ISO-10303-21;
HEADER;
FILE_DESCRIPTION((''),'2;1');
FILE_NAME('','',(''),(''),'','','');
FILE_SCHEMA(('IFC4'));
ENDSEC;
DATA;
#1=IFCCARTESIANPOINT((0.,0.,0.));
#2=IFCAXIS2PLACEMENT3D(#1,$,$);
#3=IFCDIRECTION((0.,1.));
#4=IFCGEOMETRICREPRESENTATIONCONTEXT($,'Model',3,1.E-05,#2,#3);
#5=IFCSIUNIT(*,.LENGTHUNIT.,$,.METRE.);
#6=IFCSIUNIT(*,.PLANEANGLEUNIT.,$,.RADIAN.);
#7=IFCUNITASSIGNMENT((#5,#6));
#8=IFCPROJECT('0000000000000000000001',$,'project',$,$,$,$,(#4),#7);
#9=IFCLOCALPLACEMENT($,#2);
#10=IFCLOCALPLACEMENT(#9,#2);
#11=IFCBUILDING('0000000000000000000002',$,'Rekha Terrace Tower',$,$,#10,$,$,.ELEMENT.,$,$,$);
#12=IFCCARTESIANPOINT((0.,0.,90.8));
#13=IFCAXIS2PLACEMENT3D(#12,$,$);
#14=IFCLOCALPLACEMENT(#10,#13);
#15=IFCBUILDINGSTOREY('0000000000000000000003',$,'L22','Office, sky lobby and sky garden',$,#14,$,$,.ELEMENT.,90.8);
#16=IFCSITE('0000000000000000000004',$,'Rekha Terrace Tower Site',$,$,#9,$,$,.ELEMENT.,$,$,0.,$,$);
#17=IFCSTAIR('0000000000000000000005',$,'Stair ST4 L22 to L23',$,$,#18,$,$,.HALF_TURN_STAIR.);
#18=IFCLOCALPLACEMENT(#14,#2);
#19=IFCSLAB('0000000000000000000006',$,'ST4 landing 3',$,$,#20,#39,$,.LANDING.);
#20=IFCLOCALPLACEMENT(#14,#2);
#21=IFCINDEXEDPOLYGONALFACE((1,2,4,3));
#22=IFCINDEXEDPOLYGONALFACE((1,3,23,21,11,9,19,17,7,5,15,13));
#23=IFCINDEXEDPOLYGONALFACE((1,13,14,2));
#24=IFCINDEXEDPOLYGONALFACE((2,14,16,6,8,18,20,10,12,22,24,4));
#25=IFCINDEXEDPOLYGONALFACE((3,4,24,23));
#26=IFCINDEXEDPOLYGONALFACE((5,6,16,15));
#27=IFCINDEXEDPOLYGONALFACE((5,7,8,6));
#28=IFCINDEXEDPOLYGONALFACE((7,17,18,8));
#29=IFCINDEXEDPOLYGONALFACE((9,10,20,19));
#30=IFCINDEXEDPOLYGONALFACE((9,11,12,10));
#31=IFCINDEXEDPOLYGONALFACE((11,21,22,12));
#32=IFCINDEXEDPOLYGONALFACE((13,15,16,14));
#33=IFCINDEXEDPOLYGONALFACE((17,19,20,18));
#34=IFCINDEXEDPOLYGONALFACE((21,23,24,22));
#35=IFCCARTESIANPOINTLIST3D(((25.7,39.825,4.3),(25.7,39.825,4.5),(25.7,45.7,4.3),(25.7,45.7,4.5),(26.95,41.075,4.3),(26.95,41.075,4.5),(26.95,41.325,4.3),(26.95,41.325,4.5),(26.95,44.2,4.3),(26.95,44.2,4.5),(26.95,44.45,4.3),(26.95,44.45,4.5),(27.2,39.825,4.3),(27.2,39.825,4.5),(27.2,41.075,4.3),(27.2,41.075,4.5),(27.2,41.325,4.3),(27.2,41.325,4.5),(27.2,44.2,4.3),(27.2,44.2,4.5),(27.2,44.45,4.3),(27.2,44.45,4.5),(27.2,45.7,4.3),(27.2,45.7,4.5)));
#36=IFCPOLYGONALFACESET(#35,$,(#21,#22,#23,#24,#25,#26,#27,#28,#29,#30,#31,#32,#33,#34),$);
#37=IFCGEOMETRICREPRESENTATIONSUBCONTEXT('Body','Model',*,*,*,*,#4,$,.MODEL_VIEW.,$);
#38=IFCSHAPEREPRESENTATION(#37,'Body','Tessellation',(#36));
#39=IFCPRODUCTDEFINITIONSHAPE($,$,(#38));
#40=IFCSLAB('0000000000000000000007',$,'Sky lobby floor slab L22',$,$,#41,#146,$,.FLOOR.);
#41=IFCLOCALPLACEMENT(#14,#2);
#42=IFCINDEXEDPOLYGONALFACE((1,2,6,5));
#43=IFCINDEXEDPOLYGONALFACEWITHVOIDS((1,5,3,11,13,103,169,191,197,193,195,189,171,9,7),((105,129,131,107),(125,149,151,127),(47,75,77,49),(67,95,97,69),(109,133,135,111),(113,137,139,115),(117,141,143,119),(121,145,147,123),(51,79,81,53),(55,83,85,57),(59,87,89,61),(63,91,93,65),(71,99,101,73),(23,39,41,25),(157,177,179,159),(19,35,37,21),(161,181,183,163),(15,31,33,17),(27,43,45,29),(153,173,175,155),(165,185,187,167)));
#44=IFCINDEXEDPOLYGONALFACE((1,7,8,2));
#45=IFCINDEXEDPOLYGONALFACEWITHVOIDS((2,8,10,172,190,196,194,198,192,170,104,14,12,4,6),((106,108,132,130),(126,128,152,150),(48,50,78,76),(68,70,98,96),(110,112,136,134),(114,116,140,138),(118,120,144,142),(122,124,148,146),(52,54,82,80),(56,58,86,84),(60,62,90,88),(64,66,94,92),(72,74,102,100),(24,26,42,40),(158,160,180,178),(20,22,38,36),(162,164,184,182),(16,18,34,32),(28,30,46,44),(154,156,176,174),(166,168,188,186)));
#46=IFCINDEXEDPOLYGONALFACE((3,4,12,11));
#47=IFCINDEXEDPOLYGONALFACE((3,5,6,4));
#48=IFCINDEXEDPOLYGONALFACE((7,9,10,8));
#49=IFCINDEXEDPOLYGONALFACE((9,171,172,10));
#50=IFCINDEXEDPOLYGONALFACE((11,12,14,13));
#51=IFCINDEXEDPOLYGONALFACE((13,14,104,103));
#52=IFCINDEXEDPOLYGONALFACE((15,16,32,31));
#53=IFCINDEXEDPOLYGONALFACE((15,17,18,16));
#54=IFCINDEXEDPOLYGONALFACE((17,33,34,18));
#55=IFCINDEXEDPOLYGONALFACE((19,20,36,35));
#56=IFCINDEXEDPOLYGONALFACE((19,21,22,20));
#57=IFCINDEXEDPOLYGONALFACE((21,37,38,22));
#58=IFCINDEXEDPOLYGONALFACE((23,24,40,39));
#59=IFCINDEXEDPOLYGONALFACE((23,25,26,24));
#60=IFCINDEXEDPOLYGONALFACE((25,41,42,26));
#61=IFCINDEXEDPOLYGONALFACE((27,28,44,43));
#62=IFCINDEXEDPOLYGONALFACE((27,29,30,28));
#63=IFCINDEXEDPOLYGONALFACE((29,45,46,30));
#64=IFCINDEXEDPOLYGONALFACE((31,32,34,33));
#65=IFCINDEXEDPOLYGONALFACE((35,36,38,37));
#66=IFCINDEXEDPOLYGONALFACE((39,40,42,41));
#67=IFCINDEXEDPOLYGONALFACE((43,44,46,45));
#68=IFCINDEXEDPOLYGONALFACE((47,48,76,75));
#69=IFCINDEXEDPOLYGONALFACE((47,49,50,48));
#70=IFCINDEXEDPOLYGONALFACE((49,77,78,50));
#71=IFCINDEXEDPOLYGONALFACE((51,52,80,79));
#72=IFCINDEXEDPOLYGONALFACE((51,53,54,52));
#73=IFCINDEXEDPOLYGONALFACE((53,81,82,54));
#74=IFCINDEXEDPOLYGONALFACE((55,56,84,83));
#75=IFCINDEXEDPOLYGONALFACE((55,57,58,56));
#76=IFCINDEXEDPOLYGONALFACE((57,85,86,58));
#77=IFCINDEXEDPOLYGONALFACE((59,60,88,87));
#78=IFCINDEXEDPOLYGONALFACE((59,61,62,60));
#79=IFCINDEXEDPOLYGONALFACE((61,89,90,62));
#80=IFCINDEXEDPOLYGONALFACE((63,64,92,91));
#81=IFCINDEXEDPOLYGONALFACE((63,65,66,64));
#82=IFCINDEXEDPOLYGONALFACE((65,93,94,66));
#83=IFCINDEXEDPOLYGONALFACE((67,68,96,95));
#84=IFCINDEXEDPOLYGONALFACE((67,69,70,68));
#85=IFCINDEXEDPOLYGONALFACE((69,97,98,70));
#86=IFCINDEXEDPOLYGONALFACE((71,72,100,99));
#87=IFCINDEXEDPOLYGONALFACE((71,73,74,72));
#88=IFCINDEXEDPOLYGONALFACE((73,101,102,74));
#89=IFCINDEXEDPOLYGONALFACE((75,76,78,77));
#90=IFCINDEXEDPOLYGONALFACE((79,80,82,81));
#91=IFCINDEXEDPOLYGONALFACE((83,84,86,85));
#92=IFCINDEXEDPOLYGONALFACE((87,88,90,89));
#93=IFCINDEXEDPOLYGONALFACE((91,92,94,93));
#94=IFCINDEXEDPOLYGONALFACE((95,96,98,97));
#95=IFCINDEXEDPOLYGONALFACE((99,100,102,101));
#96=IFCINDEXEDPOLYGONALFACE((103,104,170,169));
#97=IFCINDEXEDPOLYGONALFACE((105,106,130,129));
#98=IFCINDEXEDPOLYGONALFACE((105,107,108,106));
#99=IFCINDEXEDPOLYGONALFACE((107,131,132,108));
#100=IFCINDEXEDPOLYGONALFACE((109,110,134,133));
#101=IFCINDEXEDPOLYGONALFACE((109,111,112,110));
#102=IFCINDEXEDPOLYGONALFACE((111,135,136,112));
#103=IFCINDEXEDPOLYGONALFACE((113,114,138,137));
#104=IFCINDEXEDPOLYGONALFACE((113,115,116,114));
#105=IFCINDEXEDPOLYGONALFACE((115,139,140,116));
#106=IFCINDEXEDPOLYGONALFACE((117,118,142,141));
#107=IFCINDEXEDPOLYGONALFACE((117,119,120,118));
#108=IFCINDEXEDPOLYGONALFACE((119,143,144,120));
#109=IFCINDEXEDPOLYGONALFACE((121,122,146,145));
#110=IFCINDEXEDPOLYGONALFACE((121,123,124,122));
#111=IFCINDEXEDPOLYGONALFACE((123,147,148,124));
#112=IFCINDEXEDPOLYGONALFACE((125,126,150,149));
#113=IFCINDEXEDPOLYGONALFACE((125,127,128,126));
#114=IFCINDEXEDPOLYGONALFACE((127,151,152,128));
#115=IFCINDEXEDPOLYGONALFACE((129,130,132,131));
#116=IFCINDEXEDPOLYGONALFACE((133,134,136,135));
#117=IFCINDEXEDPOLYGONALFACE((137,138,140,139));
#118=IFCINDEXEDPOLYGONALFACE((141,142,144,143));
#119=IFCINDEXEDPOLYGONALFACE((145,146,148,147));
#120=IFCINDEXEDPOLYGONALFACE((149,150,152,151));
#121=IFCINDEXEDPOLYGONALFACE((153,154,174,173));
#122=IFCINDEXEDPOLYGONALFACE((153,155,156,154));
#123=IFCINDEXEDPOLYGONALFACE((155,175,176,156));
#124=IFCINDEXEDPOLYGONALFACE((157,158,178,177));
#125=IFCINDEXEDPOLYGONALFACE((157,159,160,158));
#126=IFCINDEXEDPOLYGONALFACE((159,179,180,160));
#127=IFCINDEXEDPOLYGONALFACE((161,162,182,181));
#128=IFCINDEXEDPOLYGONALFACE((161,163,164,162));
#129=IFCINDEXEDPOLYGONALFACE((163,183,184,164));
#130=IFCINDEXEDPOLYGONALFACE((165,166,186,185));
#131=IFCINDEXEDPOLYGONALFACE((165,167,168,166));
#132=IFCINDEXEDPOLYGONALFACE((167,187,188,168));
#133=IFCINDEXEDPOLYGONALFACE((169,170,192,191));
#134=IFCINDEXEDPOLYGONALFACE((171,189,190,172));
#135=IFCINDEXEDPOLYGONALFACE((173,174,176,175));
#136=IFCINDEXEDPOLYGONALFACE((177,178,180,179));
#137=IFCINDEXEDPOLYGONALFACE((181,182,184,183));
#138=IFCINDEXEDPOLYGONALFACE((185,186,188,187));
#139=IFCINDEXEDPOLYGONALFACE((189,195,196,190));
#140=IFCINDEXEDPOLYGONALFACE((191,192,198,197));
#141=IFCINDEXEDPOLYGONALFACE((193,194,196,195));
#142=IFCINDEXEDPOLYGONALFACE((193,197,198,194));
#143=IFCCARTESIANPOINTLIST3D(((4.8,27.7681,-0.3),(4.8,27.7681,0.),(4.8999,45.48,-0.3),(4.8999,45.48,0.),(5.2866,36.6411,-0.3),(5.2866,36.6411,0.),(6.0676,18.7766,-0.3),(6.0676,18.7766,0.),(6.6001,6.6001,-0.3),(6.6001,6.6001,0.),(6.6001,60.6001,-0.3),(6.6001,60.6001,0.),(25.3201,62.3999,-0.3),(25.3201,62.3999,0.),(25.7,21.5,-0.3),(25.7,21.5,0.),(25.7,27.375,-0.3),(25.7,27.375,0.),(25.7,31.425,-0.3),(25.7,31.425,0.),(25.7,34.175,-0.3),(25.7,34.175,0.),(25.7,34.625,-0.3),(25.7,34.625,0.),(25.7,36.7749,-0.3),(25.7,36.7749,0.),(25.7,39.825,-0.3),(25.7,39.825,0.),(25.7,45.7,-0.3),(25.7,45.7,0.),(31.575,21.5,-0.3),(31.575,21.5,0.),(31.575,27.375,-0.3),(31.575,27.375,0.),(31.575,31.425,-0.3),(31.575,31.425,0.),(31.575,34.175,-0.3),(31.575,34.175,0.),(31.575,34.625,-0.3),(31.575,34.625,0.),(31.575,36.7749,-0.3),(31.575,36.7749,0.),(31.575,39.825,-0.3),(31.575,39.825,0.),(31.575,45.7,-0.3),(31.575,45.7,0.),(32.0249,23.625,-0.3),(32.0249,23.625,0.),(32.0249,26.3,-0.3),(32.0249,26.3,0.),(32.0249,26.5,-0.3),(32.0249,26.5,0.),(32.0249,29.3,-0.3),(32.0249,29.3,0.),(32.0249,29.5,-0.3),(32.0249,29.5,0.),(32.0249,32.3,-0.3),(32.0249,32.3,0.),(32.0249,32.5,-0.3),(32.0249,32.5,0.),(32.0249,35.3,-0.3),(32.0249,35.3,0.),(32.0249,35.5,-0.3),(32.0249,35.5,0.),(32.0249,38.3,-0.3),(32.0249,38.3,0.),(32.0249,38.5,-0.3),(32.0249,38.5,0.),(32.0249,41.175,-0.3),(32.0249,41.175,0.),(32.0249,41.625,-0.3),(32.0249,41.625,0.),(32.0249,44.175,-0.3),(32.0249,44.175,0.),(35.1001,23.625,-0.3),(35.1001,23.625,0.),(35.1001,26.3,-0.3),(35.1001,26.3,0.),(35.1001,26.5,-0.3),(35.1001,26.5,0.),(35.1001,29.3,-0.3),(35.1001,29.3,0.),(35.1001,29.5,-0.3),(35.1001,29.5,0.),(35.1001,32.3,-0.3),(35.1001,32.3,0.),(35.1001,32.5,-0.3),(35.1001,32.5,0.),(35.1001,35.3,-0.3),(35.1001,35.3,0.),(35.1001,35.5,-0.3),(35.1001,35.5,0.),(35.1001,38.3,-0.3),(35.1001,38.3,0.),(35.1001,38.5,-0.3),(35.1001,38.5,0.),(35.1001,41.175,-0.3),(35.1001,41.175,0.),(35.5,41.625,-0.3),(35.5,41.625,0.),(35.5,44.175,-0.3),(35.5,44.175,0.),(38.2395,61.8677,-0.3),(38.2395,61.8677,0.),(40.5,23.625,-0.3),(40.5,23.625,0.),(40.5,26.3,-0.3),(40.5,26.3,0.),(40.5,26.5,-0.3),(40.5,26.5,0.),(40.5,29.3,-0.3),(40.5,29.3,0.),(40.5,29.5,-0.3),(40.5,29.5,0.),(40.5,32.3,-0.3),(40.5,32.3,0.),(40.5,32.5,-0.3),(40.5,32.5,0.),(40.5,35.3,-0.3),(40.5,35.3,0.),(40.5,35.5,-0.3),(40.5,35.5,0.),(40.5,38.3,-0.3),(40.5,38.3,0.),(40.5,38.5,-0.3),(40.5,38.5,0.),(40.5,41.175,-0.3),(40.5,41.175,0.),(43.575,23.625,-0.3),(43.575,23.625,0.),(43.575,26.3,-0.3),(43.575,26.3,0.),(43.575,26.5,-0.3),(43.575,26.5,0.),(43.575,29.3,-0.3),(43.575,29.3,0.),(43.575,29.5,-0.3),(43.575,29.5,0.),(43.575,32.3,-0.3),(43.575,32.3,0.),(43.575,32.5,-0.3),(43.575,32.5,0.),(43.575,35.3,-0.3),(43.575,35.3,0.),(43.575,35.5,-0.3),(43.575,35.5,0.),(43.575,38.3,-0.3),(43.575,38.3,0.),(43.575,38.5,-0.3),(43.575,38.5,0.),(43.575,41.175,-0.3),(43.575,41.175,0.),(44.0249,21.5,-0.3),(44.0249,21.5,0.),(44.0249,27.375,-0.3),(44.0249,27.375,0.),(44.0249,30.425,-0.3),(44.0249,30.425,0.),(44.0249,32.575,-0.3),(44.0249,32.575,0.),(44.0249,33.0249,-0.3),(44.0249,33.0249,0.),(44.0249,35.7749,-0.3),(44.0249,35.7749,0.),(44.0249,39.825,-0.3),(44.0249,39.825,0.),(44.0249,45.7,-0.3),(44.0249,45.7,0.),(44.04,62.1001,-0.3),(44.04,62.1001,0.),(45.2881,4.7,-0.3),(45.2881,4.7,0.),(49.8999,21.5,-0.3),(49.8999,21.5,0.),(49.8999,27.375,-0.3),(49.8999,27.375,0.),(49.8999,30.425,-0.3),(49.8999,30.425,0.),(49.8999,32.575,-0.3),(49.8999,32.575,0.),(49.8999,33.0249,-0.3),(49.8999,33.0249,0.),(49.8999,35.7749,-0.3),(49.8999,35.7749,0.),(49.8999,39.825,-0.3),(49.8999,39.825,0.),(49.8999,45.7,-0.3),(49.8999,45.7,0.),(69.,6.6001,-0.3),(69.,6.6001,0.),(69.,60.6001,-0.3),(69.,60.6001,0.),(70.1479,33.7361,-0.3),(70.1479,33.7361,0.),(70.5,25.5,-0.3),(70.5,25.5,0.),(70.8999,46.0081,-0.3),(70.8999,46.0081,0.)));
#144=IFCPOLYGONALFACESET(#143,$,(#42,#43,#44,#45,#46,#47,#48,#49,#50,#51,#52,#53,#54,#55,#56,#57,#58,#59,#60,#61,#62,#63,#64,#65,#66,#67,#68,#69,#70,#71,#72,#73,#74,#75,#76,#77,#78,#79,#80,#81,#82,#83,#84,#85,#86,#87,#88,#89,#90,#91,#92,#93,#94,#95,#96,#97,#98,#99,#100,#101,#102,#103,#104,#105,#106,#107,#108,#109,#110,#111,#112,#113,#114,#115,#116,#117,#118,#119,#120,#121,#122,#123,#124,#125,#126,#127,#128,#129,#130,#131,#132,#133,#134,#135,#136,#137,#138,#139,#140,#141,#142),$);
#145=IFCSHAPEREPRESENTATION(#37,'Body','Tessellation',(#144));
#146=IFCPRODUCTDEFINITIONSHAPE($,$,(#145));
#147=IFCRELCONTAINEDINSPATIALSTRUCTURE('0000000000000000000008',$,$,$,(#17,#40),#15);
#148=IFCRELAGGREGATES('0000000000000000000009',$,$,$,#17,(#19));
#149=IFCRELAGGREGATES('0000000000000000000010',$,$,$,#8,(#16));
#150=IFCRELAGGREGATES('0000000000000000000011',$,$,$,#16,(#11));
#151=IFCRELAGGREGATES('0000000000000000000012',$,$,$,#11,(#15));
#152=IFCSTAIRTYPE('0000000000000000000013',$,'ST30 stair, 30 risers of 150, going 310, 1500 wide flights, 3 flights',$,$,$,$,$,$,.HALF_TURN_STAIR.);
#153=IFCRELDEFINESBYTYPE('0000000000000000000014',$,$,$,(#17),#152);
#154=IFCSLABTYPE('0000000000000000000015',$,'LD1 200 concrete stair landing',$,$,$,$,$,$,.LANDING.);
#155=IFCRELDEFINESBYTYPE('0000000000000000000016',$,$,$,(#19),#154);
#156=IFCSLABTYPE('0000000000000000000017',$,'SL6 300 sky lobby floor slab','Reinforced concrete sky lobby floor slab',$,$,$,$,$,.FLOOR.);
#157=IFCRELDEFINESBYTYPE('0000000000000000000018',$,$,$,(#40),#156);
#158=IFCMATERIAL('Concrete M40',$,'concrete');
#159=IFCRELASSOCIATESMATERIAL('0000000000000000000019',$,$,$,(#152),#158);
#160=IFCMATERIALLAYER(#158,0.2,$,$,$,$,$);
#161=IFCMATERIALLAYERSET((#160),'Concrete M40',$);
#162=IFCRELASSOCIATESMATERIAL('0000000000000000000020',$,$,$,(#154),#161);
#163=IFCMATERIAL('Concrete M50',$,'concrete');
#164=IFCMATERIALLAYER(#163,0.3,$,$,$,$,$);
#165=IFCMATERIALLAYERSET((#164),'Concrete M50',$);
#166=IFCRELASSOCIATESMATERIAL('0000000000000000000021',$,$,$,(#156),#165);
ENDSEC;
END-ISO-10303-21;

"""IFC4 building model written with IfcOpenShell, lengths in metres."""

from ifc_helpers import new_model, si_unit, direction, frame, origin, place, context, subcontext, project, spatial, polyline, outline, extrude, material, layer, layer_set, type_object, element, aggregate, save


model = new_model("IFC4")

# Units and contexts
model_context = context("Model", 3, precision=1e-05, world=origin(), true_north=direction((0.0, 1.0)))
body_context = subcontext(model_context, "Body", "Model", "MODEL_VIEW")
ifc_project = project(units=[si_unit("LENGTHUNIT", "METRE"), si_unit("PLANEANGLEUNIT", "RADIAN")], contexts=[model_context])

# Site, building, storey
site_placement = place(None, origin())
site = spatial("IfcSite", under=ifc_project, at=site_placement, Name="Rekha Terrace Tower Site", CompositionType="ELEMENT", RefElevation=0.0)
building_placement = place(site_placement, origin())
building = spatial("IfcBuilding", under=site, at=building_placement, Name="Rekha Terrace Tower", CompositionType="ELEMENT")
storey_placement = place(building_placement, frame((0.0, 0.0, 90.8)))
storey = spatial("IfcBuildingStorey", under=building, at=storey_placement, Name="L22", Description="Office, sky lobby and sky garden", CompositionType="ELEMENT", Elevation=90.8)

# Stair, slab
ifc_material_1 = material(Name="Concrete M40", Category="concrete")
stair_type = type_object("IfcStairType", Name="ST30 stair, 30 risers of 150, going 310, 1500 wide flights, 3 flights", PredefinedType="HALF_TURN_STAIR", material=ifc_material_1)
ifc_layer_1 = layer(ifc_material_1, 0.2)
ifc_layer_set_1 = layer_set([ifc_layer_1], Name="Concrete M40")
slab_type_1 = type_object("IfcSlabType", Name="LD1 200 concrete stair landing", PredefinedType="LANDING", material=ifc_layer_set_1)
stair_1_placement = place(storey_placement, origin())
stair_1 = element("IfcStair", 1, at=stair_1_placement, inside=storey, type_object=stair_type, Name="Stair ST4 L22 to L23", PredefinedType="HALF_TURN_STAIR")
slab_1_placement = place(storey_placement, frame((0.0, 0.0, 4.3)))
slab_1 = element("IfcSlab", 2, at=slab_1_placement, type_object=slab_type_1, Name="ST4 landing 3", PredefinedType="LANDING", context=body_context, shape_type="SweptSolid", body=[
    extrude(outline(polyline([(27.2, 39.825), (25.7, 39.825), (25.7, 45.7), (27.2, 45.7), (27.2, 44.45), (26.95, 44.45), (26.95, 44.2), (27.2, 44.2), (27.2, 41.325), (26.95, 41.325), (26.95, 41.075), (27.2, 41.075), (27.2, 39.825)])), origin(), (0.0, 0.0, 1.0), 0.2),
])
aggregate(stair_1, [slab_1])

# Slab
ifc_material_2 = material(Name="Concrete M50", Category="concrete")
ifc_layer_2 = layer(ifc_material_2, 0.3)
ifc_layer_set_2 = layer_set([ifc_layer_2], Name="Concrete M50")
slab_type_2 = type_object("IfcSlabType", Name="SL6 300 sky lobby floor slab", Description="Reinforced concrete sky lobby floor slab", PredefinedType="FLOOR", material=ifc_layer_set_2)
slab_2_placement = place(storey_placement, frame((0.0, 0.0, -0.3)))
element("IfcSlab", 3, at=slab_2_placement, inside=storey, type_object=slab_type_2, Name="Sky lobby floor slab L22", PredefinedType="FLOOR", context=body_context, shape_type="SweptSolid", body=[
    extrude(outline(polyline([(4.8, 27.7681), (4.8, 27.7681), (4.8, 27.7681), (4.8, 27.7681), (4.8, 27.7681), (4.8, 27.7681), (6.0676, 18.7766), (6.0676, 18.7766), (6.0676, 18.7766), (6.0676, 18.7766), (6.6001, 6.6001), (6.6001, 6.6001), (6.6001, 6.6001), (6.6001, 6.6001), (6.6001, 6.6001), (45.2881, 4.7), (45.2881, 4.7), (45.2881, 4.7), (45.2881, 4.7), (69.0, 6.6001), (69.0, 6.6001), (69.0, 6.6001), (69.0, 6.6001), (69.0, 6.6001), (70.5, 25.5), (70.5, 25.5), (70.5, 25.5), (70.5, 25.5), (70.1479, 33.7361), (70.1479, 33.7361), (70.1479, 33.7361), (70.1479, 33.7361), (70.8999, 46.0081), (70.8999, 46.0081), (70.8999, 46.0081), (70.8999, 46.0081), (70.8999, 46.0081), (70.8999, 46.0081), (69.0, 60.6001), (69.0, 60.6001), (69.0, 60.6001), (69.0, 60.6001), (69.0, 60.6001), (69.0, 60.6001), (69.0, 60.6001), (44.04, 62.1001), (44.04, 62.1001), (44.04, 62.1001), (44.04, 62.1001), (44.04, 62.1001), (44.04, 62.1001), (44.04, 62.1001), (44.04, 62.1001), (38.2395, 61.8677), (38.2395, 61.8677), (25.3201, 62.3999), (25.3201, 62.3999), (6.6001, 60.6001), (6.6001, 60.6001), (6.6001, 60.6001), (6.6001, 60.6001), (4.8999, 45.48), (4.8999, 45.48), (4.8999, 45.48), (4.8999, 45.48), (4.8999, 45.48), (4.8999, 45.48), (5.2866, 36.6411), (5.2866, 36.6411), (5.2866, 36.6411), (5.2866, 36.6411), (5.2866, 36.6411), (5.2866, 36.6411), (5.2866, 36.6411), (5.2866, 36.6411), (4.8, 27.7681)]), holes=[polyline([(31.575, 27.375), (31.575, 21.5), (25.7, 21.5), (25.7, 27.375), (31.575, 27.375)]), polyline([(35.1001, 26.3), (35.1001, 23.625), (32.0249, 23.625), (32.0249, 26.3), (35.1001, 26.3)]), polyline([(35.1001, 29.3), (35.1001, 26.5), (32.0249, 26.5), (32.0249, 29.3), (35.1001, 29.3)]), polyline([(35.1001, 29.5), (32.0249, 29.5), (32.0249, 32.3), (35.1001, 32.3), (35.1001, 29.5)]), polyline([(31.575, 31.425), (25.7, 31.425), (25.7, 34.175), (31.575, 34.175), (31.575, 31.425)]), polyline([(35.1001, 35.3), (35.1001, 32.5), (32.0249, 32.5), (32.0249, 35.3), (35.1001, 35.3)]), polyline([(31.575, 36.7749), (31.575, 34.625), (25.7, 34.625), (25.7, 36.7749), (31.575, 36.7749)]), polyline([(35.1001, 38.3), (35.1001, 35.5), (32.0249, 35.5), (32.0249, 38.3), (35.1001, 38.3)]), polyline([(35.1001, 38.5), (32.0249, 38.5), (32.0249, 41.175), (35.1001, 41.175), (35.1001, 38.5)]), polyline([(31.575, 39.825), (25.7, 39.825), (25.7, 45.7), (31.575, 45.7), (31.575, 39.825)]), polyline([(35.5, 44.175), (35.5, 41.625), (32.0249, 41.625), (32.0249, 44.175), (35.5, 44.175)]), polyline([(49.8999, 27.375), (49.8999, 21.5), (44.0249, 21.5), (44.0249, 27.375), (49.8999, 27.375)]), polyline([(43.575, 26.3), (43.575, 23.625), (40.5, 23.625), (40.5, 26.3), (43.575, 26.3)]), polyline([(43.575, 26.5), (40.5, 26.5), (40.5, 29.3), (43.575, 29.3), (43.575, 26.5)]), polyline([(43.575, 29.5), (40.5, 29.5), (40.5, 32.3), (43.575, 32.3), (43.575, 29.5)]), polyline([(49.8999, 32.575), (49.8999, 30.425), (44.0249, 30.425), (44.0249, 32.575), (49.8999, 32.575)]), polyline([(43.575, 32.5), (40.5, 32.5), (40.5, 35.3), (43.575, 35.3), (43.575, 32.5)]), polyline([(49.8999, 33.0249), (44.0249, 33.0249), (44.0249, 35.7749), (49.8999, 35.7749), (49.8999, 33.0249)]), polyline([(43.575, 38.3), (43.575, 35.5), (40.5, 35.5), (40.5, 38.3), (43.575, 38.3)]), polyline([(43.575, 38.5), (40.5, 38.5), (40.5, 41.175), (43.575, 41.175), (43.575, 38.5)]), polyline([(49.8999, 39.825), (44.0249, 39.825), (44.0249, 45.7), (49.8999, 45.7), (49.8999, 39.825)])]), origin(), (0.0, 0.0, 1.0), 0.3),
])

save(model, "model.ifc")
